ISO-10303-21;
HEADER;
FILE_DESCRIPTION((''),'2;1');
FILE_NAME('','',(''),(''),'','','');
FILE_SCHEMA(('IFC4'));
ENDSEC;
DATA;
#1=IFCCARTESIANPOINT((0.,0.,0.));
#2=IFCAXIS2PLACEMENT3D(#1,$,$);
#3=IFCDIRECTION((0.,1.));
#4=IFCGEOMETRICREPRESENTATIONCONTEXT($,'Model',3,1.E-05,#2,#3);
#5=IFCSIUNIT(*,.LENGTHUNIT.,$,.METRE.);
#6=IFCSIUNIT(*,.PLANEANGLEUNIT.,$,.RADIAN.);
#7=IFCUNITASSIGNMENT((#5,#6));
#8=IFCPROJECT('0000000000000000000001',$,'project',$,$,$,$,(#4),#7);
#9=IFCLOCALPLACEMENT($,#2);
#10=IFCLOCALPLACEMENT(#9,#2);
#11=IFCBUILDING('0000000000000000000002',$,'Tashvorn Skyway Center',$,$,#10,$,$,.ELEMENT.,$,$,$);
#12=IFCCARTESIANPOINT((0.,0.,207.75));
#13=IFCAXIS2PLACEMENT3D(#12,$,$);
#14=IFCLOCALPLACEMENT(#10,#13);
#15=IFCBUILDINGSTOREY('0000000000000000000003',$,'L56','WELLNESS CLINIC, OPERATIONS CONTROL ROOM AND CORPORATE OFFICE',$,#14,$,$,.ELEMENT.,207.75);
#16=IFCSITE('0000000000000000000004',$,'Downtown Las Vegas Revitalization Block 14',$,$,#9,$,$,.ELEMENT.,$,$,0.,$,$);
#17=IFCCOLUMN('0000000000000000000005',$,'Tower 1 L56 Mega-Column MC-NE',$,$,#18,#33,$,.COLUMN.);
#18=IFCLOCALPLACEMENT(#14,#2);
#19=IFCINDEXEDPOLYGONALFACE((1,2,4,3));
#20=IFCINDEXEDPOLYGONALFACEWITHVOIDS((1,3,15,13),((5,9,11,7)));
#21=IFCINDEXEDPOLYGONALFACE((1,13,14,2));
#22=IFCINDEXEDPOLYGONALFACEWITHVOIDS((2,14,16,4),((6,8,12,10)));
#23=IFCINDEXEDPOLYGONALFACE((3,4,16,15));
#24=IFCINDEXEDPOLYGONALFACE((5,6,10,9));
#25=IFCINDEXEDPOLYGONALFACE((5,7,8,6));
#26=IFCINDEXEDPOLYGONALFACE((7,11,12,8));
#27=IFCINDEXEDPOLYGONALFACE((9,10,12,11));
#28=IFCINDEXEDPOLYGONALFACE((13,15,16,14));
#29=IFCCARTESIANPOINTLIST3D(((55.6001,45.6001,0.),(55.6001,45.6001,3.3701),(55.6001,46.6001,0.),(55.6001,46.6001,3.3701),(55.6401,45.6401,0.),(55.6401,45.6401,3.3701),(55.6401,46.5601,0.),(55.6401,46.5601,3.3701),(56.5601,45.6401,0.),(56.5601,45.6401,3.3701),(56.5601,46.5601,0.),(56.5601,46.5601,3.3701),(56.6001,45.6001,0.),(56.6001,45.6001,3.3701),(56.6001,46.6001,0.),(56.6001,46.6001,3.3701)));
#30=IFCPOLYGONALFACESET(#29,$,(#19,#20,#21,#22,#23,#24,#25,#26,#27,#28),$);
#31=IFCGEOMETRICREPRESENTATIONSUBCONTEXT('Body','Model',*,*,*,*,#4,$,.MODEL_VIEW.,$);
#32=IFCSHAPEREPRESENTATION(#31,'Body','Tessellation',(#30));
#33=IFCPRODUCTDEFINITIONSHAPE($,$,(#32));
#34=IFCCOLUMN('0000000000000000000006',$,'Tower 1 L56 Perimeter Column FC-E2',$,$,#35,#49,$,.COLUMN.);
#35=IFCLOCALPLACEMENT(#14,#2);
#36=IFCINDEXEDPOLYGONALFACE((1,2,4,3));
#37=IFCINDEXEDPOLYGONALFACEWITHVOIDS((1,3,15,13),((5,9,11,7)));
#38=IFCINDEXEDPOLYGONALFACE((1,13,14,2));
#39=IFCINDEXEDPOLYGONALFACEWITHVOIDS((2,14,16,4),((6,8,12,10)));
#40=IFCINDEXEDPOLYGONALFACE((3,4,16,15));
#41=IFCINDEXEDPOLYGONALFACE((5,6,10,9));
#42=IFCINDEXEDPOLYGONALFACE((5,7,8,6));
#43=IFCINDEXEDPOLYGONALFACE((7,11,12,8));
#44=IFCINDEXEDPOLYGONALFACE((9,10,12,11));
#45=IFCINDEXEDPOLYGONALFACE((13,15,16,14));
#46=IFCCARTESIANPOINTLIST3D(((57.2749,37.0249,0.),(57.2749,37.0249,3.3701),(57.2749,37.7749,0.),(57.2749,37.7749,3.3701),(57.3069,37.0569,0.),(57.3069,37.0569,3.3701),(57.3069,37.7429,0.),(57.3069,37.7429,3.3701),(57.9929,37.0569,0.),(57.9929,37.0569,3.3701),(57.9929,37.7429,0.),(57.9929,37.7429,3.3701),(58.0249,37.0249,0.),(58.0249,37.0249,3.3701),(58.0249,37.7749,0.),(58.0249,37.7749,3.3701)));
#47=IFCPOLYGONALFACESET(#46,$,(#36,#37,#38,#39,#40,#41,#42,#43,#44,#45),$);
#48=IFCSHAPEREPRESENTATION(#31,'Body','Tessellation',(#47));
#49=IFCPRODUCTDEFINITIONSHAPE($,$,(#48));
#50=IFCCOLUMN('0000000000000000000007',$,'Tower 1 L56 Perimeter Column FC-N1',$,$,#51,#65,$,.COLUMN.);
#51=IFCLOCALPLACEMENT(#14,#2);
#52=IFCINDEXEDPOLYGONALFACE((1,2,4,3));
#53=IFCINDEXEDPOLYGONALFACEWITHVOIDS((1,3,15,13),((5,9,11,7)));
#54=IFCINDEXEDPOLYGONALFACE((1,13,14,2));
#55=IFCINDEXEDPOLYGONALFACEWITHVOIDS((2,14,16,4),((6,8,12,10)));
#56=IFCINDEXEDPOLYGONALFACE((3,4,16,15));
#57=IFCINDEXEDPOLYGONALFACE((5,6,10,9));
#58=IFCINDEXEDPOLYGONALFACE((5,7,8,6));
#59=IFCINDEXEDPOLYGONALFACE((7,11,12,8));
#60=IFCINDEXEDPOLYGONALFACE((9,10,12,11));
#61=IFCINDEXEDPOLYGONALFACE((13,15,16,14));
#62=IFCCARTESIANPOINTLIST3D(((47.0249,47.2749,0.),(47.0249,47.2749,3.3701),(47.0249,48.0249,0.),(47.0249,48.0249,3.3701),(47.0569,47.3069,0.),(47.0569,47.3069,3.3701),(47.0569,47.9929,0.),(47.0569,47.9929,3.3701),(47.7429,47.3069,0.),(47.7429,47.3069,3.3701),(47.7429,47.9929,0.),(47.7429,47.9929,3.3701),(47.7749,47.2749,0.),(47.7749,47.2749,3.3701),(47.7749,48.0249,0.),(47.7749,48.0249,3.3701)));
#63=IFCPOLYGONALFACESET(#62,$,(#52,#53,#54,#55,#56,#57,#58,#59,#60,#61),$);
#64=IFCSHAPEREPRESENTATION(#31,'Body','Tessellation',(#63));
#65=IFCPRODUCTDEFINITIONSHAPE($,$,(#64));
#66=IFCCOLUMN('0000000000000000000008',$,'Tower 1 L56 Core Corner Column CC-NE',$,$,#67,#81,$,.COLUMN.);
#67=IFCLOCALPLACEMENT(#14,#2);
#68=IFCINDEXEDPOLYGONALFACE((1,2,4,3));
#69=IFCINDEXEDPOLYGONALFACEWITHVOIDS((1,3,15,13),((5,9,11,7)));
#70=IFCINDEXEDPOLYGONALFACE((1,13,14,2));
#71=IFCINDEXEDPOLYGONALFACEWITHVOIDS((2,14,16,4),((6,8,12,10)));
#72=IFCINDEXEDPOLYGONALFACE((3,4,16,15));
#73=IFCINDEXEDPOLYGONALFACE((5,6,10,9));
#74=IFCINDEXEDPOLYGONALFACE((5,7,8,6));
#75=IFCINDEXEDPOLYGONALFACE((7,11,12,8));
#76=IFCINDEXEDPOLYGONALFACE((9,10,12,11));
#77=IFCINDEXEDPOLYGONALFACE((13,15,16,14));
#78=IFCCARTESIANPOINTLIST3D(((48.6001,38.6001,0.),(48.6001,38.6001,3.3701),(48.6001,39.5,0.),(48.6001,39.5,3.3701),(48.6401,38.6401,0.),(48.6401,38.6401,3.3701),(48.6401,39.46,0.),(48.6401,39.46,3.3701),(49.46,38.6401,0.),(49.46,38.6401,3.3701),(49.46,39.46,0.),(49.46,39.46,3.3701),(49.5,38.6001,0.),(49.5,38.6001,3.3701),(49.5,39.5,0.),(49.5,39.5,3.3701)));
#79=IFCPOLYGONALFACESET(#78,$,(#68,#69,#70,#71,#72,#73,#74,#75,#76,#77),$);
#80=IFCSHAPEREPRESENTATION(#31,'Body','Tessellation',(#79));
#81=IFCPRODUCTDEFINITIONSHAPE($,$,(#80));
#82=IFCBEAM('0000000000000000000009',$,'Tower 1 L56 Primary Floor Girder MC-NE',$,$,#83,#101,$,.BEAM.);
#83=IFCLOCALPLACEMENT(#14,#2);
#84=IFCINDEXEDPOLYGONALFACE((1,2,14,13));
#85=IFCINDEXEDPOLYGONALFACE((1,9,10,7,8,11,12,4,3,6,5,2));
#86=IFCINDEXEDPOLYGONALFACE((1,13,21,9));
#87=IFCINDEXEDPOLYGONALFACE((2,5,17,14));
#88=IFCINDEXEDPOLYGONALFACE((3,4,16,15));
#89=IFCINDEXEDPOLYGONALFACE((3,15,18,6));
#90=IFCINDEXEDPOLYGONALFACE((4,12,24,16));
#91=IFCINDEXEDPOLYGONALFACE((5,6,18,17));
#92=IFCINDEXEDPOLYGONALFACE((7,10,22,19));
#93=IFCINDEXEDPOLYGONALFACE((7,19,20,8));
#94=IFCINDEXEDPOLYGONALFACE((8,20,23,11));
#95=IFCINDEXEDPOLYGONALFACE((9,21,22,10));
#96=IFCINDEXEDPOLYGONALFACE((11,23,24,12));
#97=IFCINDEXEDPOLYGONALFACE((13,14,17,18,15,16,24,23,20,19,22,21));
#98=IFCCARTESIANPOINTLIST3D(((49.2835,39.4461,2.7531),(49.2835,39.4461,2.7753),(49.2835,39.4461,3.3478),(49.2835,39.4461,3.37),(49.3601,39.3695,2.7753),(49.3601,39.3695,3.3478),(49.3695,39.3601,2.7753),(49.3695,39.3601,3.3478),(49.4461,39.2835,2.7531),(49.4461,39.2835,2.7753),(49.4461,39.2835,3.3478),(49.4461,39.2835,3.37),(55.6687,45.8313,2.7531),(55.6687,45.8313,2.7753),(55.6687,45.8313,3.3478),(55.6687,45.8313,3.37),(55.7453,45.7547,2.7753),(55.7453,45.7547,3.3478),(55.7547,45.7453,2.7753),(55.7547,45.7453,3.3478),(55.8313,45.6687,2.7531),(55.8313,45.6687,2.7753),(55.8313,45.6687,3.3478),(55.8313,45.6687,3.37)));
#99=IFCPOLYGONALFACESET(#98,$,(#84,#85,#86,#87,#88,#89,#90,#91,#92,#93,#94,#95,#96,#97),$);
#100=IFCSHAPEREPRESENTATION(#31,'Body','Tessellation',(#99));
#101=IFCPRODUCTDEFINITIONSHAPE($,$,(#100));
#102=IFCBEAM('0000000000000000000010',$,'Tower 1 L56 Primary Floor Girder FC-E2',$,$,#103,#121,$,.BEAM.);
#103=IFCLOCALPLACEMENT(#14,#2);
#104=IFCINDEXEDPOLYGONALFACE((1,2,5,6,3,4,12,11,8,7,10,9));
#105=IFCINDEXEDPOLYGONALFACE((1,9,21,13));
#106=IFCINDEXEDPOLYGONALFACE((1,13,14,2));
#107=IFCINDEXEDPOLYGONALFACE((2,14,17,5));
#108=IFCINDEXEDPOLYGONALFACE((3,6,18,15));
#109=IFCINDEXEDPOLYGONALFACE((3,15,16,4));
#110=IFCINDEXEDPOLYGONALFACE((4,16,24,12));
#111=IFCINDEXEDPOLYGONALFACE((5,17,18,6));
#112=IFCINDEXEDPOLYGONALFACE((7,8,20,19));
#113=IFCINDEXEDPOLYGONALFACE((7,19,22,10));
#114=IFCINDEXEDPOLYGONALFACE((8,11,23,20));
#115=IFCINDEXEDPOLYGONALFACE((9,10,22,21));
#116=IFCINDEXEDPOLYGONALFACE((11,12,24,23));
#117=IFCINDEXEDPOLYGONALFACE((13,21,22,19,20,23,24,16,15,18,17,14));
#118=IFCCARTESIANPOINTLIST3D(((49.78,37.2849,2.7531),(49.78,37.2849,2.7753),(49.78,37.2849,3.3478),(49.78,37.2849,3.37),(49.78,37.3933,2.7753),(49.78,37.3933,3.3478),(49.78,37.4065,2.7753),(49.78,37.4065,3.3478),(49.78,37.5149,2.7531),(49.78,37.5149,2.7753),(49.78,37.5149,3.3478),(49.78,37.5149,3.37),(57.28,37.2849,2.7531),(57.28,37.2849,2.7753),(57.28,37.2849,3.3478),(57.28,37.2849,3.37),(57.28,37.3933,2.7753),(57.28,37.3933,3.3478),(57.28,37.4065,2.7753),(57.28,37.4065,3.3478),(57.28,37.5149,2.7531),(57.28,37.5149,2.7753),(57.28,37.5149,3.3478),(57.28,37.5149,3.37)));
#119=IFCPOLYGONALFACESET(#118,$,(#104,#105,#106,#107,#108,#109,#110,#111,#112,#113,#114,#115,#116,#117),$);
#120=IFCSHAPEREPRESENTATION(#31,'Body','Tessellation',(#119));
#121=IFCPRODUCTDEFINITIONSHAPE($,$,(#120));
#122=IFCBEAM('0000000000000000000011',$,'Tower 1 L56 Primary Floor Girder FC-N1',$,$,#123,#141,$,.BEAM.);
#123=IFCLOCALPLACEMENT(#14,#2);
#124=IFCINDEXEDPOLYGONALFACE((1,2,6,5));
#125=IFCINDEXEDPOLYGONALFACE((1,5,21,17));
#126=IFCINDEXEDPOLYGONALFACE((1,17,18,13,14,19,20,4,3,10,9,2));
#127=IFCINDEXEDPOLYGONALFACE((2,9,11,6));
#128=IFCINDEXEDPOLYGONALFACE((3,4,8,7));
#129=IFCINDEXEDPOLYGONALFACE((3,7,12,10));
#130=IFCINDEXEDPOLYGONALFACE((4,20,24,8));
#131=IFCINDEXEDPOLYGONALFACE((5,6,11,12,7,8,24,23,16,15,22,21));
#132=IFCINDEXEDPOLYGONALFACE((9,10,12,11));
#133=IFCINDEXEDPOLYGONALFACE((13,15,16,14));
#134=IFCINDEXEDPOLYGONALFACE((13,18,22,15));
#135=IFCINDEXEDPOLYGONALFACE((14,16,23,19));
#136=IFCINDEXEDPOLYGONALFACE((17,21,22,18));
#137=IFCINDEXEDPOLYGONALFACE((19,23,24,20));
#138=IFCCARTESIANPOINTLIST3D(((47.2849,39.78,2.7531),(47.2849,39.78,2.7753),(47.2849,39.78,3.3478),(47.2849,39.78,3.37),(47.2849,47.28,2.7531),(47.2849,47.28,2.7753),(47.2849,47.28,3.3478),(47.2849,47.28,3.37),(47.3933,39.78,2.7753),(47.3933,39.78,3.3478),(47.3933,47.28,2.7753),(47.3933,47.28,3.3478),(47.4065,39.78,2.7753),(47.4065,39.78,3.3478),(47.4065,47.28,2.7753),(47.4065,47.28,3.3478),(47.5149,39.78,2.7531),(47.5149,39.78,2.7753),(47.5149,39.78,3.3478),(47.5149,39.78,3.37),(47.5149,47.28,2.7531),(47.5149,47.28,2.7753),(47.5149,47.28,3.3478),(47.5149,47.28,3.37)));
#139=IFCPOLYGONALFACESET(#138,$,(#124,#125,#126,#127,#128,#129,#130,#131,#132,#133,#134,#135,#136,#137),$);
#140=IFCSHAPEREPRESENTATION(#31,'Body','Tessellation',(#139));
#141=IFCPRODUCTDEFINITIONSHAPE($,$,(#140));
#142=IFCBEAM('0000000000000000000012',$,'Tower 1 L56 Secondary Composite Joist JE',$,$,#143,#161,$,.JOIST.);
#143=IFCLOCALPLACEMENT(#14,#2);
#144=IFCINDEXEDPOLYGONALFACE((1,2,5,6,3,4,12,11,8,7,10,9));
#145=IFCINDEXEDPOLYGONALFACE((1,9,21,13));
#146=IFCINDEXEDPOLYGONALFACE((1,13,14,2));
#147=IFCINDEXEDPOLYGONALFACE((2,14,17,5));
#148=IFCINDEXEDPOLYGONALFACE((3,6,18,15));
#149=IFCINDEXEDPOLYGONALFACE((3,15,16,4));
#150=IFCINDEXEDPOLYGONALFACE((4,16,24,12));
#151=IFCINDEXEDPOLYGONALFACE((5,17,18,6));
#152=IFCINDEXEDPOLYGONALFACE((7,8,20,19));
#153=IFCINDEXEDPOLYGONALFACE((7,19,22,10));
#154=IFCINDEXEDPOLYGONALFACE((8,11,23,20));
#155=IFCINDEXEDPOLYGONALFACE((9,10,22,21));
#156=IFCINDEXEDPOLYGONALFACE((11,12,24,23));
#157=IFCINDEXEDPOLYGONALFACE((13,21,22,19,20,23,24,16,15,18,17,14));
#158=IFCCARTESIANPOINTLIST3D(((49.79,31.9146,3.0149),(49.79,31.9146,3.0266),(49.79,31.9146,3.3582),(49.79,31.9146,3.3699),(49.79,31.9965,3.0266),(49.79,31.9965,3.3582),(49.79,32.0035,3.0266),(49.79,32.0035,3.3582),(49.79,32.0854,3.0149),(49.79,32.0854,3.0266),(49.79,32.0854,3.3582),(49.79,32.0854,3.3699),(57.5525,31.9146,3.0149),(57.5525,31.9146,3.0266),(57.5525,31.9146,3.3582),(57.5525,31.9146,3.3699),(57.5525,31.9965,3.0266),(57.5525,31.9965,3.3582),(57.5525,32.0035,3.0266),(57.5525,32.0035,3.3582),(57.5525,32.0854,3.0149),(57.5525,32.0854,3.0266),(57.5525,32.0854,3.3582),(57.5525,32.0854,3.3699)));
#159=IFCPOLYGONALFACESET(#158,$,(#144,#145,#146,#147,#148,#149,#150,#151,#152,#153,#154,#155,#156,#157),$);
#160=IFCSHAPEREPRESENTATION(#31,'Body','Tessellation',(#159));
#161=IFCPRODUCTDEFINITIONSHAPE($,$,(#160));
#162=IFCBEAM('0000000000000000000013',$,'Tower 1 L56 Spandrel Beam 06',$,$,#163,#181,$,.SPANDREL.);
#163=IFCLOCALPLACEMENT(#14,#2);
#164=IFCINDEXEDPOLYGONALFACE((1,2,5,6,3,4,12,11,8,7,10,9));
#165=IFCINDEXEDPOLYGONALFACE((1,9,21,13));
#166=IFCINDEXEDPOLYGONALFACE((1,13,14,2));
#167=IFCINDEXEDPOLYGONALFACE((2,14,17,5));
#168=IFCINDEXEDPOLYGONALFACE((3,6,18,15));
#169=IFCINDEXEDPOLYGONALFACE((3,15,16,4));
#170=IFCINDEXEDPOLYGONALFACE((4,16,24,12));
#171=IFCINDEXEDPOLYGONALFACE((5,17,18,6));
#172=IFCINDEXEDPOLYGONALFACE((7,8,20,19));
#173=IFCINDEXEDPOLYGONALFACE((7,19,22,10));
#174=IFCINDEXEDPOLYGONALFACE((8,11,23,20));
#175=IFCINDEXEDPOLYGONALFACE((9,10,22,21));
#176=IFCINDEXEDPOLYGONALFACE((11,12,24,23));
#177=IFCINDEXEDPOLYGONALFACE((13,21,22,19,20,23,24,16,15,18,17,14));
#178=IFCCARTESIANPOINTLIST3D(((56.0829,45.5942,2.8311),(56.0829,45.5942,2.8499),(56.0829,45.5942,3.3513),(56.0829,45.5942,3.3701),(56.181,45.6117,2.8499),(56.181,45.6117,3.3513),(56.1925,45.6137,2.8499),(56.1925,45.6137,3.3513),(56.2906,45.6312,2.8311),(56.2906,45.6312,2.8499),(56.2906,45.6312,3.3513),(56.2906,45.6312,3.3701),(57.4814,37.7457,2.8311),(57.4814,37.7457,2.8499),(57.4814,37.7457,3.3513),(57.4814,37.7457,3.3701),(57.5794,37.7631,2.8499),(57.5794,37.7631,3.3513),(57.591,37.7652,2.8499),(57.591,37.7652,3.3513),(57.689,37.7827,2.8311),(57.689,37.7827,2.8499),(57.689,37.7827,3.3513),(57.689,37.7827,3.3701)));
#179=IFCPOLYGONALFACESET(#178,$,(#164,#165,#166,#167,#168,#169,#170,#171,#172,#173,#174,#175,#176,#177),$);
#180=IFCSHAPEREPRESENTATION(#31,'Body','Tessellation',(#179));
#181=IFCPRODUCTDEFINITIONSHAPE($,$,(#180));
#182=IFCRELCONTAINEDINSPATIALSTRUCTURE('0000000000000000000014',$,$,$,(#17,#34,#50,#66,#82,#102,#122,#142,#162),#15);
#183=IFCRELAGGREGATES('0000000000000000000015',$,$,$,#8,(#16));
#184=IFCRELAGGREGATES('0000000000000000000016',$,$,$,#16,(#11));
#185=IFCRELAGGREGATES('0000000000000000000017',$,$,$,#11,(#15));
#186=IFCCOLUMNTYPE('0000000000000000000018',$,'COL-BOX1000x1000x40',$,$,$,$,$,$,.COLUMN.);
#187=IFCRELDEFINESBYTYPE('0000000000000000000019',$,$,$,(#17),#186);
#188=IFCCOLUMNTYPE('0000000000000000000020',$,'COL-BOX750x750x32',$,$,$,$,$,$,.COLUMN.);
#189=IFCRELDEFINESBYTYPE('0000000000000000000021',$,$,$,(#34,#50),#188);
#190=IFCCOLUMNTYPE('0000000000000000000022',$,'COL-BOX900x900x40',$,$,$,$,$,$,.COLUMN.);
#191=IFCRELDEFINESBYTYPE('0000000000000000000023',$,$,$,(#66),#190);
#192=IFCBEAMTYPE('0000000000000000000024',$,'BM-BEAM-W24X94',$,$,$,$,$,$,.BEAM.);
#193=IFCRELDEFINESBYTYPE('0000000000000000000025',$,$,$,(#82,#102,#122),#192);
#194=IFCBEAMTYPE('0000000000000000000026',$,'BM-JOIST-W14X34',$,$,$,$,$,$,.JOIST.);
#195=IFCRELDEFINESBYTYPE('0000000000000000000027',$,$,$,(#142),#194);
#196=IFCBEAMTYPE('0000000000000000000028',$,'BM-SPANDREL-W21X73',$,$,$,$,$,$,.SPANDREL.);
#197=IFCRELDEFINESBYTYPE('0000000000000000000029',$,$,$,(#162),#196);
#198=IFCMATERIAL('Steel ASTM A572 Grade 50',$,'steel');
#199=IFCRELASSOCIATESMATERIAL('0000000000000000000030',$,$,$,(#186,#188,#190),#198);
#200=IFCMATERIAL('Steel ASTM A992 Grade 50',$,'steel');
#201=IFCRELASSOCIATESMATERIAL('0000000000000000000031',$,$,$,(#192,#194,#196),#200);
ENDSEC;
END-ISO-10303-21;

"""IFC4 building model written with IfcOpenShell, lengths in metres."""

from ifc_helpers import new_model, si_unit, direction, frame, origin, origin_2d, place, context, subcontext, project, spatial, hollow_rectangle, i_section, extrude, material, material_profile, profile_set, type_object, element, save


model = new_model("IFC4")

# Units and contexts
model_context = context("Model", 3, precision=1e-05, world=origin(), true_north=direction((0.0, 1.0)))
body_context = subcontext(model_context, "Body", "Model", "MODEL_VIEW")
ifc_project = project(units=[si_unit("LENGTHUNIT", "METRE"), si_unit("PLANEANGLEUNIT", "RADIAN")], contexts=[model_context])

# Site, building, storey
site_placement = place(None, origin())
site = spatial("IfcSite", under=ifc_project, at=site_placement, Name="Downtown Las Vegas Revitalization Block 14", CompositionType="ELEMENT", RefElevation=0.0)
building_placement = place(site_placement, origin())
building = spatial("IfcBuilding", under=site, at=building_placement, Name="Tashvorn Skyway Center", CompositionType="ELEMENT")
storey_placement = place(building_placement, frame((0.0, 0.0, 207.75)))
storey = spatial("IfcBuildingStorey", under=building, at=storey_placement, Name="L56", Description="WELLNESS CLINIC, OPERATIONS CONTROL ROOM AND CORPORATE OFFICE", CompositionType="ELEMENT", Elevation=207.75)

# Columns
ifc_material_1 = material(Name="Steel ASTM A572 Grade 50", Category="steel")
ifc_material_profile_1 = material_profile(ifc_material_1, hollow_rectangle(XDim=1.0, YDim=1.0, WallThickness=0.04, at=origin_2d()), Name="BOX1000x1000x40")
ifc_profile_set_1 = profile_set([ifc_material_profile_1], Name="Steel ASTM A572 Grade 50")
column_type_1 = type_object("IfcColumnType", Name="COL-BOX1000x1000x40", PredefinedType="COLUMN", material=ifc_profile_set_1)
column_1_placement = place(storey_placement, frame((56.1001, 46.1001, 0.0), z_axis=(0.0, 0.0, 1.0), x_axis=(1.0, 0.0, 0.0)))
element("IfcColumn", 1, at=column_1_placement, inside=storey, type_object=column_type_1, Name="Tower 1 L56 Mega-Column MC-NE", PredefinedType="COLUMN", context=body_context, shape_type="SweptSolid", body=[
    extrude(hollow_rectangle(XDim=1.0, YDim=1.0, WallThickness=0.04, at=origin_2d()), origin(), (0.0, 0.0, 1.0), 3.3701),
])
ifc_material_profile_2 = material_profile(ifc_material_1, hollow_rectangle(XDim=0.75, YDim=0.75, WallThickness=0.032, at=origin_2d()), Name="BOX750x750x32")
ifc_profile_set_2 = profile_set([ifc_material_profile_2], Name="Steel ASTM A572 Grade 50")
column_type_2 = type_object("IfcColumnType", Name="COL-BOX750x750x32", PredefinedType="COLUMN", material=ifc_profile_set_2)
for number, where, z_axis, x_axis, name in (
    (2, (57.6499, 37.3999, 0.0), (0.0, 0.0, 1.0), (1.0, 0.0, 0.0), "Tower 1 L56 Perimeter Column FC-E2"),
    (3, (47.3999, 47.6499, 0.0), (0.0, 0.0, 1.0), (1.0, 0.0, 0.0), "Tower 1 L56 Perimeter Column FC-N1"),
):
    element("IfcColumn", number, at=place(storey_placement, frame(where, z_axis=z_axis, x_axis=x_axis)), inside=storey, type_object=column_type_2, Name=name, PredefinedType="COLUMN", context=body_context, shape_type="SweptSolid", body=[
        extrude(hollow_rectangle(XDim=0.75, YDim=0.75, WallThickness=0.032, at=origin_2d()), origin(), (0.0, 0.0, 1.0), 3.3701),
    ])
ifc_material_profile_3 = material_profile(ifc_material_1, hollow_rectangle(XDim=0.8999, YDim=0.8999, WallThickness=0.04, at=origin_2d()), Name="BOX900x900x40")
ifc_profile_set_3 = profile_set([ifc_material_profile_3], Name="Steel ASTM A572 Grade 50")
column_type_3 = type_object("IfcColumnType", Name="COL-BOX900x900x40", PredefinedType="COLUMN", material=ifc_profile_set_3)
column_2_placement = place(storey_placement, frame((49.05, 39.05, 0.0), z_axis=(0.0, 0.0, 1.0), x_axis=(1.0, 0.0, 0.0)))
element("IfcColumn", 4, at=column_2_placement, inside=storey, type_object=column_type_3, Name="Tower 1 L56 Core Corner Column CC-NE", PredefinedType="COLUMN", context=body_context, shape_type="SweptSolid", body=[
    extrude(hollow_rectangle(XDim=0.8999, YDim=0.8999, WallThickness=0.04, at=origin_2d()), origin(), (0.0, 0.0, 1.0), 3.3701),
])

# Beams
ifc_material_2 = material(Name="Steel ASTM A992 Grade 50", Category="steel")
ifc_material_profile_4 = material_profile(ifc_material_2, i_section(OverallWidth=0.23, OverallDepth=0.6169, WebThickness=0.0132, FlangeThickness=0.0222, at=origin_2d()), Name="W24X94")
ifc_profile_set_4 = profile_set([ifc_material_profile_4], Name="Steel ASTM A992 Grade 50")
beam_type_1 = type_object("IfcBeamType", Name="BM-BEAM-W24X94", PredefinedType="BEAM", material=ifc_profile_set_4)
beam_1_placement = place(storey_placement, frame((55.75, 45.75, 3.0615), z_axis=(-0.707107, -0.707107, 0.0), x_axis=(0.707107, -0.707107, 0.0)))
element("IfcBeam", 5, at=beam_1_placement, inside=storey, type_object=beam_type_1, Name="Tower 1 L56 Primary Floor Girder MC-NE", PredefinedType="BEAM", context=body_context, shape_type="SweptSolid", body=[
    extrude(i_section(OverallWidth=0.23, OverallDepth=0.6169, WebThickness=0.0132, FlangeThickness=0.0222, at=origin_2d()), origin(), (0.0, 0.0, 1.0), 9.03),
])
for number, where, z_axis, x_axis, name in (
    (6, (57.28, 37.3999, 3.0615), (-1.0, 0.0, 0.0), (0.0, -1.0, 0.0), "Tower 1 L56 Primary Floor Girder FC-E2"),
    (7, (47.3999, 47.28, 3.0615), (0.0, -1.0, 0.0), (1.0, 0.0, 0.0), "Tower 1 L56 Primary Floor Girder FC-N1"),
):
    element("IfcBeam", number, at=place(storey_placement, frame(where, z_axis=z_axis, x_axis=x_axis)), inside=storey, type_object=beam_type_1, Name=name, PredefinedType="BEAM", context=body_context, shape_type="SweptSolid", body=[
        extrude(i_section(OverallWidth=0.23, OverallDepth=0.6169, WebThickness=0.0132, FlangeThickness=0.0222, at=origin_2d()), origin(), (0.0, 0.0, 1.0), 7.5),
    ])
ifc_material_profile_5 = material_profile(ifc_material_2, i_section(OverallWidth=0.1709, OverallDepth=0.355, WebThickness=0.0071, FlangeThickness=0.0117, at=origin_2d()), Name="W14X34")
ifc_profile_set_5 = profile_set([ifc_material_profile_5], Name="Steel ASTM A992 Grade 50")
beam_type_2 = type_object("IfcBeamType", Name="BM-JOIST-W14X34", PredefinedType="JOIST", material=ifc_profile_set_5)
beam_2_placement = place(storey_placement, frame((49.79, 32.0, 3.1924), z_axis=(1.0, 0.0, 0.0), x_axis=(0.0, 1.0, 0.0)))
element("IfcBeam", 8, at=beam_2_placement, inside=storey, type_object=beam_type_2, Name="Tower 1 L56 Secondary Composite Joist JE", PredefinedType="JOIST", context=body_context, shape_type="SweptSolid", body=[
    extrude(i_section(OverallWidth=0.1709, OverallDepth=0.355, WebThickness=0.0071, FlangeThickness=0.0117, at=origin_2d()), origin(), (0.0, 0.0, 1.0), 7.7625),
])
ifc_material_profile_6 = material_profile(ifc_material_2, i_section(OverallWidth=0.2109, OverallDepth=0.5391, WebThickness=0.0117, FlangeThickness=0.0188, at=origin_2d()), Name="W21X73")
ifc_profile_set_6 = profile_set([ifc_material_profile_6], Name="Steel ASTM A992 Grade 50")
beam_type_3 = type_object("IfcBeamType", Name="BM-SPANDREL-W21X73", PredefinedType="SPANDREL", material=ifc_profile_set_6)
for number, where, z_axis, x_axis, name in (
    (9, (57.5852, 37.7642, 3.1006), (-0.175413, 0.984495, 0.0), (-0.984495, -0.175413, 0.0), "Tower 1 L56 Spandrel Beam 06"),
):
    element("IfcBeam", number, at=place(storey_placement, frame(where, z_axis=z_axis, x_axis=x_axis)), inside=storey, type_object=beam_type_3, Name=name, PredefinedType="SPANDREL", context=body_context, shape_type="SweptSolid", body=[
        extrude(i_section(OverallWidth=0.2109, OverallDepth=0.5391, WebThickness=0.0117, FlangeThickness=0.0188, at=origin_2d()), origin(), (0.0, 0.0, 1.0), 7.9722),
    ])

save(model, "model.ifc")
